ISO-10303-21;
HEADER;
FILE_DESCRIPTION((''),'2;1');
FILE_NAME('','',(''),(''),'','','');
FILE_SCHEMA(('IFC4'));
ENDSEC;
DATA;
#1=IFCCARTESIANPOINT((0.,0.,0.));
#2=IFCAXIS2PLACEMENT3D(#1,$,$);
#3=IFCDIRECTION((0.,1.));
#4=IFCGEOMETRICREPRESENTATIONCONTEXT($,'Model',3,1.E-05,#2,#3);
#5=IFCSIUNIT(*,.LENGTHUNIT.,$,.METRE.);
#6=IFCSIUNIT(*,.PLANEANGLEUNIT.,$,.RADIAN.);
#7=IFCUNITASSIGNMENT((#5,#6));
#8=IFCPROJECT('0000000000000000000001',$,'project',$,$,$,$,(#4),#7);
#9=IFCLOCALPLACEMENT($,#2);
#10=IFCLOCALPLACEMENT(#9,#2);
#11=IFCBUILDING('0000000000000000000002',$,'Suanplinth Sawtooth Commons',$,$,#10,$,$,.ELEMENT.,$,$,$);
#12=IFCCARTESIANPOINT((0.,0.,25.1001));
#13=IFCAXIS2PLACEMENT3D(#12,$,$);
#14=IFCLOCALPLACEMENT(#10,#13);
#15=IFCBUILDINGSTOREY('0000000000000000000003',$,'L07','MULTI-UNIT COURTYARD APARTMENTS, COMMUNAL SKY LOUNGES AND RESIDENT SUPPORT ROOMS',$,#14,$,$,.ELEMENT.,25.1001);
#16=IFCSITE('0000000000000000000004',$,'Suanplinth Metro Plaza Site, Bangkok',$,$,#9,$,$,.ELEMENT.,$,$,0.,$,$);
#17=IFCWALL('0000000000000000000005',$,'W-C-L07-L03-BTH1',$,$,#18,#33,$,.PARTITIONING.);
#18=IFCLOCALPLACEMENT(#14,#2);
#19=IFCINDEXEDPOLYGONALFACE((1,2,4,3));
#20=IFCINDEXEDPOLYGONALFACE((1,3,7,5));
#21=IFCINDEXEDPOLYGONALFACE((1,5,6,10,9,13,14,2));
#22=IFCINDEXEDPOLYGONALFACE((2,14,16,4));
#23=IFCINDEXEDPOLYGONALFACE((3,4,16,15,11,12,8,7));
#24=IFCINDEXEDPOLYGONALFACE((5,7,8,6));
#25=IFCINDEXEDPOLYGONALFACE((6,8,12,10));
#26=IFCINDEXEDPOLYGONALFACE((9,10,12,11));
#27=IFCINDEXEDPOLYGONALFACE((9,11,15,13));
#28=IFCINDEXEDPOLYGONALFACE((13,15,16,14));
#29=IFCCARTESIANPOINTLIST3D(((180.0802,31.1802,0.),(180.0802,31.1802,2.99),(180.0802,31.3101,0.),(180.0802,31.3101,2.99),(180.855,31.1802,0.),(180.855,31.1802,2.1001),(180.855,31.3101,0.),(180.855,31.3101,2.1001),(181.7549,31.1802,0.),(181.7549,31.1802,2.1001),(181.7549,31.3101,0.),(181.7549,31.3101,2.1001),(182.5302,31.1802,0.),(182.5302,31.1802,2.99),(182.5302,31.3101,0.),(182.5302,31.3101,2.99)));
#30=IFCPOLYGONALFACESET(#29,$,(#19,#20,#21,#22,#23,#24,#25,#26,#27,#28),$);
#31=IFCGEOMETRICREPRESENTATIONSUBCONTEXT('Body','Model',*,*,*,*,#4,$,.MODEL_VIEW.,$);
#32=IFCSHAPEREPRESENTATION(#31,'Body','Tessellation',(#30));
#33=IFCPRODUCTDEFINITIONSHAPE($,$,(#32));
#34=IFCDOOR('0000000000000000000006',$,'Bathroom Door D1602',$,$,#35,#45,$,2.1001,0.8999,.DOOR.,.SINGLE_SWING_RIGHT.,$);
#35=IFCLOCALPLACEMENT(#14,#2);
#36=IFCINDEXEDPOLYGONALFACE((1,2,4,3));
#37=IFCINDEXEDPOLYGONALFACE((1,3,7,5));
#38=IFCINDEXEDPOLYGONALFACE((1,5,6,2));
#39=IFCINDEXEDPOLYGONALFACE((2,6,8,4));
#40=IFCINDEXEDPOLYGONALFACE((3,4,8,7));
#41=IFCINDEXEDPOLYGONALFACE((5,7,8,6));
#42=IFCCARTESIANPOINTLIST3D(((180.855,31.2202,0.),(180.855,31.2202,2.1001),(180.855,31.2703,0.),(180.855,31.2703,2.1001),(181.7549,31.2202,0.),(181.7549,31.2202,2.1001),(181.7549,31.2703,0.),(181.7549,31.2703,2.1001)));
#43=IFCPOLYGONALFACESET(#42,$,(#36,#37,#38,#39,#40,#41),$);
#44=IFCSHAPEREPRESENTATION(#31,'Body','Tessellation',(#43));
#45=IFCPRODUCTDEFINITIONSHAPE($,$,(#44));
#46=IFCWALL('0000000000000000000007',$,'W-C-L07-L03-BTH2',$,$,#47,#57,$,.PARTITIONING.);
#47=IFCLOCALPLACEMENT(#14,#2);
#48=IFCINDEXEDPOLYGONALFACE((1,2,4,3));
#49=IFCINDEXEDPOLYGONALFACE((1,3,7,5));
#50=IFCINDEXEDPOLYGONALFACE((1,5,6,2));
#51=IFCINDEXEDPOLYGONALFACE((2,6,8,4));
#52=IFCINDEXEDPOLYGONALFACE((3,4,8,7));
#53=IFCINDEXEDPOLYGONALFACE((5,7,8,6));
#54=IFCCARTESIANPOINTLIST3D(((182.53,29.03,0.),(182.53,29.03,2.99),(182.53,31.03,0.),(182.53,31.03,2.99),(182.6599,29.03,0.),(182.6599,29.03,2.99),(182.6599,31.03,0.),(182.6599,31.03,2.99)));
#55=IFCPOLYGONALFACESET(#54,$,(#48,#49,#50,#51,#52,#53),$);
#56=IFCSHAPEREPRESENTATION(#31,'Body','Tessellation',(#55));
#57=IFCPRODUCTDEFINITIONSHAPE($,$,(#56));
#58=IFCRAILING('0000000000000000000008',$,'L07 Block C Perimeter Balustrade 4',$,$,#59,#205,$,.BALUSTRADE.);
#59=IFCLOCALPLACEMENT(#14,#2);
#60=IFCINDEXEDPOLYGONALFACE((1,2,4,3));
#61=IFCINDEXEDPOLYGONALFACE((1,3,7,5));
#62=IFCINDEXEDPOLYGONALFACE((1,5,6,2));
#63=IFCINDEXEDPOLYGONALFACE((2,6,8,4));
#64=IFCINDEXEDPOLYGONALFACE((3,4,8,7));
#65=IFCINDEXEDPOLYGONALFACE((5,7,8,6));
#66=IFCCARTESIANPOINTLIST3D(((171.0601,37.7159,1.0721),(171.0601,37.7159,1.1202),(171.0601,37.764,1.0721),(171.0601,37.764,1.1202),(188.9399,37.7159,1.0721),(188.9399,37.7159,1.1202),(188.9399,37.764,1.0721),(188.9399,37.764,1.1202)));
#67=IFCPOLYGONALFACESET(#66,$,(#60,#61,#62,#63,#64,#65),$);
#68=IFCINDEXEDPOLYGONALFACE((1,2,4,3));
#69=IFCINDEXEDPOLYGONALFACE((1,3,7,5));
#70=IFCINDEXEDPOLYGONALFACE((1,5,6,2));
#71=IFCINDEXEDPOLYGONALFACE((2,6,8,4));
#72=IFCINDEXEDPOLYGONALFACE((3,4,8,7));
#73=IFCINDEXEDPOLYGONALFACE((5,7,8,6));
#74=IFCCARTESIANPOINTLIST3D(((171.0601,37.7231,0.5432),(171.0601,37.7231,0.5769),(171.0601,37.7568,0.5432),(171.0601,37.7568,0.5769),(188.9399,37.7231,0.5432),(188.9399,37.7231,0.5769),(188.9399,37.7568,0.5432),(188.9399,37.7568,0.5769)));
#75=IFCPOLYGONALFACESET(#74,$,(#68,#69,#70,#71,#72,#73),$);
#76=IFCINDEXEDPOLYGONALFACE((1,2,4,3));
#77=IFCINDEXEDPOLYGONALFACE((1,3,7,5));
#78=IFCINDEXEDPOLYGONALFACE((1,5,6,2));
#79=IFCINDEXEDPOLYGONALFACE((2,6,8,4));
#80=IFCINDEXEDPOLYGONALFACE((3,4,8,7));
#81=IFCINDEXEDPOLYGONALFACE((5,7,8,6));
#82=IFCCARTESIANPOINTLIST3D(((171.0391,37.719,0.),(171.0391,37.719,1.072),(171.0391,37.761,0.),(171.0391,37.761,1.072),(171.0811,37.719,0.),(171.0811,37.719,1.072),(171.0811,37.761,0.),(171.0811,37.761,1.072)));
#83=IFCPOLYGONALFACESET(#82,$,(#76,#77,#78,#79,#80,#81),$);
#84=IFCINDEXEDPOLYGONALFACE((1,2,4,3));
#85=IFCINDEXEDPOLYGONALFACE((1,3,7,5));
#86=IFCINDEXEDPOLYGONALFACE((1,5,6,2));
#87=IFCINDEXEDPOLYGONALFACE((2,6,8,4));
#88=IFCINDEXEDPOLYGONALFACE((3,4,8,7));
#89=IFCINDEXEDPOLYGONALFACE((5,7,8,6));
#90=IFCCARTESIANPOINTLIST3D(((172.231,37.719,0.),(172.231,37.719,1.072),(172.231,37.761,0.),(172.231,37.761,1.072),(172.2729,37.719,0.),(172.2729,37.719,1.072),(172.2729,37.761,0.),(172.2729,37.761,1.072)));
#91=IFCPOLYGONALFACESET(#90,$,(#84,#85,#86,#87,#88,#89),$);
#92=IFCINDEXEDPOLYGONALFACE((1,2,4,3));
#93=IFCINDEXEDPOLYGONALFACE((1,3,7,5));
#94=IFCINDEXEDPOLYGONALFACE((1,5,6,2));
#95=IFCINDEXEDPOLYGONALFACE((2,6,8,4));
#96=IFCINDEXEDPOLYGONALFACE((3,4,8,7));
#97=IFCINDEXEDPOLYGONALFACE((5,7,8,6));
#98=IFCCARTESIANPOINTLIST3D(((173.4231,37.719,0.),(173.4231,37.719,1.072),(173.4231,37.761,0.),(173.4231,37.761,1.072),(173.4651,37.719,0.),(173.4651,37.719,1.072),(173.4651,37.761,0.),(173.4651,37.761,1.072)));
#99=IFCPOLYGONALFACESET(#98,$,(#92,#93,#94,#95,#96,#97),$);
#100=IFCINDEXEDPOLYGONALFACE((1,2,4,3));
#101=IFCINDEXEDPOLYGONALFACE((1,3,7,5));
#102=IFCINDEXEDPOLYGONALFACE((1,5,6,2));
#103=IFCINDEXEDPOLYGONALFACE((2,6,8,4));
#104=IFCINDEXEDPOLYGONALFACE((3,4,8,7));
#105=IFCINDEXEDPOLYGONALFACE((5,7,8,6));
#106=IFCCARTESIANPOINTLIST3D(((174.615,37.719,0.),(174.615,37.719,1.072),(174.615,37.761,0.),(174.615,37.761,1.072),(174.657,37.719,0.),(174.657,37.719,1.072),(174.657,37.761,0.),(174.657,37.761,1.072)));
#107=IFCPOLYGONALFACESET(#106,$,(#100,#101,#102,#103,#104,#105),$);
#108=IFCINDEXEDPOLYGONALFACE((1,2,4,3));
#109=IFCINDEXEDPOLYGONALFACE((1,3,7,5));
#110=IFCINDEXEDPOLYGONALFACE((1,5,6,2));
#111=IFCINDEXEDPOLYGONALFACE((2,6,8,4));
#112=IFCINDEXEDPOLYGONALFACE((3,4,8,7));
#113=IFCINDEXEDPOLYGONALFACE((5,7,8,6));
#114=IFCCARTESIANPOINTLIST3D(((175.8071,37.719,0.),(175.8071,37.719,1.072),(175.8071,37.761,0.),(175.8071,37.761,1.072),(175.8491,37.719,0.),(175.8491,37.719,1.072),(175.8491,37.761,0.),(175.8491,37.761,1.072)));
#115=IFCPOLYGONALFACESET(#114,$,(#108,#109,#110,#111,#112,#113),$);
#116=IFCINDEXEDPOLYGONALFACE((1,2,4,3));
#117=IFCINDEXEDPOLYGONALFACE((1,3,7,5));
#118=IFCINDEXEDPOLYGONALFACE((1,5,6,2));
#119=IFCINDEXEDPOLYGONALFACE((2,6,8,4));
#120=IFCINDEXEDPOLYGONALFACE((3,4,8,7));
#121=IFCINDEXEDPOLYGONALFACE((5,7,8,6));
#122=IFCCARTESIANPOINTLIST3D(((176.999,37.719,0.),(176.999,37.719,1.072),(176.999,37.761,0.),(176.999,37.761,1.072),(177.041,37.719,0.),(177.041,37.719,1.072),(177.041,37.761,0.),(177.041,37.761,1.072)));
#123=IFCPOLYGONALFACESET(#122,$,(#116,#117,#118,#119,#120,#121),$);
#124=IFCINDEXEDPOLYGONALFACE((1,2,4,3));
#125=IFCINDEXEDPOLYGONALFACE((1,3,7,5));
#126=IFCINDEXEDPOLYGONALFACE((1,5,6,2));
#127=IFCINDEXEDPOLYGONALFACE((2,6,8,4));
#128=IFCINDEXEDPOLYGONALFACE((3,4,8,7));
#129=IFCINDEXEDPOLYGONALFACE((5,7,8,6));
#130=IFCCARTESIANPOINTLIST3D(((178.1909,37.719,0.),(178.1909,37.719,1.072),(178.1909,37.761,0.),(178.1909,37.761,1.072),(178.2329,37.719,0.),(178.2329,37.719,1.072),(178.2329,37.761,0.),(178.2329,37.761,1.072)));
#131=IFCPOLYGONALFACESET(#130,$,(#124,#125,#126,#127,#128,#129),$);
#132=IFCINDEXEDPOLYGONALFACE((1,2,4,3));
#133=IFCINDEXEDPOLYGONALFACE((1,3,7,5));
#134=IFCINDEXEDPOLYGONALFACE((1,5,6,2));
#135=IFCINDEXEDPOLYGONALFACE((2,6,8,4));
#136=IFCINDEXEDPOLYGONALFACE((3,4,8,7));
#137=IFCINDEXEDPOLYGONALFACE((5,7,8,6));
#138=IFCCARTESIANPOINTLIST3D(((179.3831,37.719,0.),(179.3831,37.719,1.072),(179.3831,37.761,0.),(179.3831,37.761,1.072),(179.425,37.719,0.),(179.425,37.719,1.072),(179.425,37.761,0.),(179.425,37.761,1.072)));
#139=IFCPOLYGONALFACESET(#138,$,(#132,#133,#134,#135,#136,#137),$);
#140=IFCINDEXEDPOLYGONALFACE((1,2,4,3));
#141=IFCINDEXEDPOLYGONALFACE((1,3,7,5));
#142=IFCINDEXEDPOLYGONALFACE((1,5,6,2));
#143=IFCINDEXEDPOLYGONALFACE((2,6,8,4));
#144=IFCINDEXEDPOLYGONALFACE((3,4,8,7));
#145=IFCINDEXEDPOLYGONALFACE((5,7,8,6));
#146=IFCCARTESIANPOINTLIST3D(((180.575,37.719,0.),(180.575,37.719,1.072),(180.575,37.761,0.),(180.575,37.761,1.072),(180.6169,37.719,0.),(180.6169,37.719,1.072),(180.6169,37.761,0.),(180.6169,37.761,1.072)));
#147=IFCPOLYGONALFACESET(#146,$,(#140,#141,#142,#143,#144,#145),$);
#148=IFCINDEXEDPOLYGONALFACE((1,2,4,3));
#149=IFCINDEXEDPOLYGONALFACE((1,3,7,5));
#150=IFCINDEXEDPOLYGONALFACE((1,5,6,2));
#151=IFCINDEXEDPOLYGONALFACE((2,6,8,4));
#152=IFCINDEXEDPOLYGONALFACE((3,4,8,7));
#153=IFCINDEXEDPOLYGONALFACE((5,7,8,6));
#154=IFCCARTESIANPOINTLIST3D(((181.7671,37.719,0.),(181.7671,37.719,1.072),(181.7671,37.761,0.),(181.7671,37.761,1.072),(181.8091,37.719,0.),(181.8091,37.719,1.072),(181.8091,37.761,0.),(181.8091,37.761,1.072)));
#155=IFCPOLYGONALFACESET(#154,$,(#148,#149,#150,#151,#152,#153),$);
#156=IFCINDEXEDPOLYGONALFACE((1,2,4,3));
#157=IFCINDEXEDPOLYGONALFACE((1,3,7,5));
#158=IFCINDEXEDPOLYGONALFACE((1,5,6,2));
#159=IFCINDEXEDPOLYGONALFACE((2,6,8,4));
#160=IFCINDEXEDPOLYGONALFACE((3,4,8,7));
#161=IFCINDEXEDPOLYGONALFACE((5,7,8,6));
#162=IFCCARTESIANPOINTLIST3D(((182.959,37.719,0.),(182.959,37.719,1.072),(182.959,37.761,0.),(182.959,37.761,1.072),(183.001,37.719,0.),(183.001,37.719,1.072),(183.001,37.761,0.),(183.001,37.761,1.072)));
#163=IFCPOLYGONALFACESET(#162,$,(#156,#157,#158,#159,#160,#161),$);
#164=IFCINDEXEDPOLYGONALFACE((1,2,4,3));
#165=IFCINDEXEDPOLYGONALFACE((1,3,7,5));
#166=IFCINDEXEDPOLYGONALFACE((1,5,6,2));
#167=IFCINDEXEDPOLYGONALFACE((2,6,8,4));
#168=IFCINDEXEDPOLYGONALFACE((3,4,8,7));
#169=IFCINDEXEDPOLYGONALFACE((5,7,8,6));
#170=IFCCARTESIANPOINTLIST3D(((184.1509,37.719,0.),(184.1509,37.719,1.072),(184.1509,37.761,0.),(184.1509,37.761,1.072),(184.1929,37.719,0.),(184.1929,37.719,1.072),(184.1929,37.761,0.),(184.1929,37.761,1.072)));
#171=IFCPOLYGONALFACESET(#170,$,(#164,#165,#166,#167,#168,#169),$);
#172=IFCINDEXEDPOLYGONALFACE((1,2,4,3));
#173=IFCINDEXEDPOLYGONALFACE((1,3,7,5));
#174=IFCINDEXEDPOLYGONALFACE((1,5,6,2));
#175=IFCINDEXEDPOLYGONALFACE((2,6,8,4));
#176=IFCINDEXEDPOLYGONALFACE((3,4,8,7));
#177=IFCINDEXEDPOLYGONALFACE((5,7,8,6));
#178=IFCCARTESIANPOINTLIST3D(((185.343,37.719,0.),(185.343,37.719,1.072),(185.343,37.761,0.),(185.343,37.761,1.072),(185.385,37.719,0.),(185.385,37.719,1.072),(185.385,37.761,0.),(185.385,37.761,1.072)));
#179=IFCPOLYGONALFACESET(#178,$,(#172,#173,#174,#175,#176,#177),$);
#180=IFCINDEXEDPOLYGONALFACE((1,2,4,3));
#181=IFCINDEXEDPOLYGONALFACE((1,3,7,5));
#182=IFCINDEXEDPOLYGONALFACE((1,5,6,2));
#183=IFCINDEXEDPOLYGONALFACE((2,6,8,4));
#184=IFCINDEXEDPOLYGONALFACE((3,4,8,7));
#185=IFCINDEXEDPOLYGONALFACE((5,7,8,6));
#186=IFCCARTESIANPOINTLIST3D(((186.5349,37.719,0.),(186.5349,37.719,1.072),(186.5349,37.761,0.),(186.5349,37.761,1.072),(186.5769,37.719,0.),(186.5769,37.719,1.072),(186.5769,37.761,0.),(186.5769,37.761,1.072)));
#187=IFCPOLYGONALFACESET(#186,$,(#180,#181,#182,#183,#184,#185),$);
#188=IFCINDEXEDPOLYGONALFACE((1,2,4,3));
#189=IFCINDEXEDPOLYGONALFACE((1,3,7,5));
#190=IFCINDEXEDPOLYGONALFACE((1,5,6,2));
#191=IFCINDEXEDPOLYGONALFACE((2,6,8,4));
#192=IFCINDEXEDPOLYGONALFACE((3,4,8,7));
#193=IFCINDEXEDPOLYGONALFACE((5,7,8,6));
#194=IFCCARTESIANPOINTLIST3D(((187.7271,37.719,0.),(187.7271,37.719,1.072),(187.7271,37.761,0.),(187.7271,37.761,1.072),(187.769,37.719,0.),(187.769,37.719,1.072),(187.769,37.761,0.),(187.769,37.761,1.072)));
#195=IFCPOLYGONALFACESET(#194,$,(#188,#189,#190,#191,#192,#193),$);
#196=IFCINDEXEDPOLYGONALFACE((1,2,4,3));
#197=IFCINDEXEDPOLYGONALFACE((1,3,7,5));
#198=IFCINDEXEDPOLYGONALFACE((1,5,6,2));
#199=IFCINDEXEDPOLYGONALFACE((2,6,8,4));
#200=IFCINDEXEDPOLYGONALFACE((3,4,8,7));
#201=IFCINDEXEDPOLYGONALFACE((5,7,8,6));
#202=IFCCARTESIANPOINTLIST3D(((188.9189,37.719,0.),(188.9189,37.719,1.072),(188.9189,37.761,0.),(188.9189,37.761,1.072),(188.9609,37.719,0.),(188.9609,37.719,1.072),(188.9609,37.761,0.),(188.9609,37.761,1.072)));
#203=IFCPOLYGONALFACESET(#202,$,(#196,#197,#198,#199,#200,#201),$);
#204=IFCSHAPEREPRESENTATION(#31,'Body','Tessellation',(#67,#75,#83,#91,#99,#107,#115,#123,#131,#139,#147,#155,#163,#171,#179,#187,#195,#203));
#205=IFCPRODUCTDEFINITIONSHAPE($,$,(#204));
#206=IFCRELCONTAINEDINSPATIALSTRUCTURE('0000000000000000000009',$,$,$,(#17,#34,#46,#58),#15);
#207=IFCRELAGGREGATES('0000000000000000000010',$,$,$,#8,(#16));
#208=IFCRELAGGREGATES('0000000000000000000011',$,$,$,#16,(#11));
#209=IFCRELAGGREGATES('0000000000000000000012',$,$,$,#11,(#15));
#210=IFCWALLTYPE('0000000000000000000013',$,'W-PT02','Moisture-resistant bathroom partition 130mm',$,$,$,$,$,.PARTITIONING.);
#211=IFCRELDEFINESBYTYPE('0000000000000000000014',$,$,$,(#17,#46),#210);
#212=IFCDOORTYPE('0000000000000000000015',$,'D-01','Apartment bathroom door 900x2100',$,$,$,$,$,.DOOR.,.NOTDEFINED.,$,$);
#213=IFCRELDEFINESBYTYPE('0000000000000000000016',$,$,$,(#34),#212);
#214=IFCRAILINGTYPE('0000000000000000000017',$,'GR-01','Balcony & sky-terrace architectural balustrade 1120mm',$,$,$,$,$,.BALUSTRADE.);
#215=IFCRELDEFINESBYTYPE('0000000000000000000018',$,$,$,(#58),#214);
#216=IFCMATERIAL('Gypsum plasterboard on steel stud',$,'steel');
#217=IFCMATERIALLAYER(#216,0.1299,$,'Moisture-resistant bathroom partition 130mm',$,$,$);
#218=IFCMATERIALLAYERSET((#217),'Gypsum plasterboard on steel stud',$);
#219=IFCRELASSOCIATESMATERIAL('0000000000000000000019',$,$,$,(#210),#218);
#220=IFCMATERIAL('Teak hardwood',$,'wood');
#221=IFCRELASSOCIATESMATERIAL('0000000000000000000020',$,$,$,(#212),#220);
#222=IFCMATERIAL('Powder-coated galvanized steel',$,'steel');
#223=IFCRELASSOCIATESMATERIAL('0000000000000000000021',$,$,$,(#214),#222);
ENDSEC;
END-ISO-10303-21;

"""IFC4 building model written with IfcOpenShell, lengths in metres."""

from ifc_helpers import new_model, si_unit, direction, frame, frame_2d, origin, origin_2d, place, context, subcontext, project, spatial, rectangle, extrude, material, layer, layer_set, type_object, element, fill, save


model = new_model("IFC4")

# Units and contexts
model_context = context("Model", 3, precision=1e-05, world=origin(), true_north=direction((0.0, 1.0)))
body_context = subcontext(model_context, "Body", "Model", "MODEL_VIEW")
ifc_project = project(units=[si_unit("LENGTHUNIT", "METRE"), si_unit("PLANEANGLEUNIT", "RADIAN")], contexts=[model_context])

# Site, building, storey
site_placement = place(None, origin())
site = spatial("IfcSite", under=ifc_project, at=site_placement, Name="Suanplinth Metro Plaza Site, Bangkok", CompositionType="ELEMENT", RefElevation=0.0)
building_placement = place(site_placement, origin())
building = spatial("IfcBuilding", under=site, at=building_placement, Name="Suanplinth Sawtooth Commons", CompositionType="ELEMENT")
storey_placement = place(building_placement, frame((0.0, 0.0, 25.1001)))
storey = spatial("IfcBuildingStorey", under=building, at=storey_placement, Name="L07", Description="MULTI-UNIT COURTYARD APARTMENTS, COMMUNAL SKY LOUNGES AND RESIDENT SUPPORT ROOMS", CompositionType="ELEMENT", Elevation=25.1001)

# Shared definitions
ifc_material_1 = material(Name="Teak hardwood", Category="wood")

# Wall, opening, door
ifc_material_2 = material(Name="Gypsum plasterboard on steel stud", Category="steel")
ifc_layer_1 = layer(ifc_material_2, 0.1299, Name="Moisture-resistant bathroom partition 130mm")
ifc_layer_set_1 = layer_set([ifc_layer_1], Name="Gypsum plasterboard on steel stud")
wall_type_1 = type_object("IfcWallType", Name="W-PT02", Description="Moisture-resistant bathroom partition 130mm", PredefinedType="PARTITIONING", material=ifc_layer_set_1)
wall_1_placement = place(storey_placement, frame((180.0801, 31.2451, 0.0), z_axis=(0.0, 0.0, 1.0), x_axis=(1.0, 0.0, 0.0)))
wall_1 = element("IfcWall", 1, at=wall_1_placement, inside=storey, type_object=wall_type_1, Name="W-C-L07-L03-BTH1", PredefinedType="PARTITIONING", context=body_context, shape_type="SweptSolid", body=[
    extrude(rectangle(XDim=2.45, YDim=0.1299, at=frame_2d((1.2251, 0.0))), origin(), (0.0, 0.0, 1.0), 2.99),
])
opening_1_placement = place(wall_1_placement, frame((0.7749, 0.0, 0.0)))
opening_1 = element("IfcOpeningElement", 2, at=opening_1_placement, cuts=wall_1, PredefinedType="OPENING", context=body_context, shape_type="SweptSolid", body=[
    extrude(rectangle(XDim=0.8999, YDim=2.1001, at=frame_2d((0.45, 1.05))), frame((0.0, 0.0798, 0.0), z_axis=(0.0, -1.0, 0.0), x_axis=(1.0, 0.0, 0.0)), (0.0, 0.0, 1.0), 0.1597),
])
door_type_1 = type_object("IfcDoorType", Name="D-01", Description="Apartment bathroom door 900x2100", OperationType="NOTDEFINED", PredefinedType="DOOR", material=ifc_material_1)
door_1_placement = place(opening_1_placement, frame((0.8999, 0.0, 0.0), z_axis=(0.0, 0.0, 1.0), x_axis=(-1.0, 0.0, 0.0)))
door_1 = element("IfcDoor", 3, at=door_1_placement, inside=storey, type_object=door_type_1, Name="Bathroom Door D1602", OperationType="SINGLE_SWING_RIGHT", OverallHeight=2.1001, OverallWidth=0.8999, PredefinedType="DOOR", context=body_context, shape_type="SweptSolid", body=[
    extrude(rectangle(XDim=0.8999, YDim=2.1001, at=frame_2d((0.45, 1.05))), frame((0.0, 0.0249, 0.0), z_axis=(0.0, -1.0, 0.0), x_axis=(1.0, 0.0, 0.0)), (0.0, 0.0, 1.0), 0.05),
])
fill(opening_1, door_1)

# Wall
wall_2_placement = place(storey_placement, frame((182.595, 29.03, 0.0), z_axis=(0.0, 0.0, 1.0), x_axis=(0.0, 1.0, 0.0)))
element("IfcWall", 4, at=wall_2_placement, inside=storey, type_object=wall_type_1, Name="W-C-L07-L03-BTH2", PredefinedType="PARTITIONING", context=body_context, shape_type="SweptSolid", body=[
    extrude(rectangle(XDim=2.0, YDim=0.1299, at=frame_2d((1.0, 0.0))), origin(), (0.0, 0.0, 1.0), 2.99),
])

# Railing
ifc_material_3 = material(Name="Powder-coated galvanized steel", Category="steel")
railing_type = type_object("IfcRailingType", Name="GR-01", Description="Balcony & sky-terrace architectural balustrade 1120mm", PredefinedType="BALUSTRADE", material=ifc_material_3)
railing_placement = place(storey_placement, frame((171.0601, 37.74, 0.0)))
element("IfcRailing", 5, at=railing_placement, inside=storey, type_object=railing_type, Name="L07 Block C Perimeter Balustrade 4", PredefinedType="BALUSTRADE", context=body_context, shape_type="SweptSolid", body=[
    extrude(rectangle(XDim=0.0481, YDim=0.0481, at=origin_2d()), frame((0.0, 0.0, 1.0962), z_axis=(1.0, 0.0, 0.0), x_axis=(0.0, 1.0, 0.0)), (0.0, 0.0, 1.0), 17.8799),
    extrude(rectangle(XDim=0.0337, YDim=0.0337, at=origin_2d()), frame((0.0, 0.0, 0.5601), z_axis=(1.0, 0.0, 0.0), x_axis=(0.0, 1.0, 0.0)), (0.0, 0.0, 1.0), 17.8799),
    extrude(rectangle(XDim=0.042, YDim=0.042, at=origin_2d()), origin(), (0.0, 0.0, 1.0), 1.072),
    extrude(rectangle(XDim=0.042, YDim=0.042, at=origin_2d()), frame((1.1919, 0.0, 0.0)), (0.0, 0.0, 1.0), 1.072),
    extrude(rectangle(XDim=0.042, YDim=0.042, at=origin_2d()), frame((2.384, 0.0, 0.0)), (0.0, 0.0, 1.0), 1.072),
    extrude(rectangle(XDim=0.042, YDim=0.042, at=origin_2d()), frame((3.5759, 0.0, 0.0)), (0.0, 0.0, 1.0), 1.072),
    extrude(rectangle(XDim=0.042, YDim=0.042, at=origin_2d()), frame((4.7681, 0.0, 0.0)), (0.0, 0.0, 1.0), 1.072),
    extrude(rectangle(XDim=0.042, YDim=0.042, at=origin_2d()), frame((5.96, 0.0, 0.0)), (0.0, 0.0, 1.0), 1.072),
    extrude(rectangle(XDim=0.042, YDim=0.042, at=origin_2d()), frame((7.1519, 0.0, 0.0)), (0.0, 0.0, 1.0), 1.072),
    extrude(rectangle(XDim=0.042, YDim=0.042, at=origin_2d()), frame((8.344, 0.0, 0.0)), (0.0, 0.0, 1.0), 1.072),
    extrude(rectangle(XDim=0.042, YDim=0.042, at=origin_2d()), frame((9.5359, 0.0, 0.0)), (0.0, 0.0, 1.0), 1.072),
    extrude(rectangle(XDim=0.042, YDim=0.042, at=origin_2d()), frame((10.728, 0.0, 0.0)), (0.0, 0.0, 1.0), 1.072),
    extrude(rectangle(XDim=0.042, YDim=0.042, at=origin_2d()), frame((11.9199, 0.0, 0.0)), (0.0, 0.0, 1.0), 1.072),
    extrude(rectangle(XDim=0.042, YDim=0.042, at=origin_2d()), frame((13.1118, 0.0, 0.0)), (0.0, 0.0, 1.0), 1.072),
    extrude(rectangle(XDim=0.042, YDim=0.042, at=origin_2d()), frame((14.304, 0.0, 0.0)), (0.0, 0.0, 1.0), 1.072),
    extrude(rectangle(XDim=0.042, YDim=0.042, at=origin_2d()), frame((15.4958, 0.0, 0.0)), (0.0, 0.0, 1.0), 1.072),
    extrude(rectangle(XDim=0.042, YDim=0.042, at=origin_2d()), frame((16.688, 0.0, 0.0)), (0.0, 0.0, 1.0), 1.072),
    extrude(rectangle(XDim=0.042, YDim=0.042, at=origin_2d()), frame((17.8799, 0.0, 0.0)), (0.0, 0.0, 1.0), 1.072),
])

save(model, "model.ifc")
